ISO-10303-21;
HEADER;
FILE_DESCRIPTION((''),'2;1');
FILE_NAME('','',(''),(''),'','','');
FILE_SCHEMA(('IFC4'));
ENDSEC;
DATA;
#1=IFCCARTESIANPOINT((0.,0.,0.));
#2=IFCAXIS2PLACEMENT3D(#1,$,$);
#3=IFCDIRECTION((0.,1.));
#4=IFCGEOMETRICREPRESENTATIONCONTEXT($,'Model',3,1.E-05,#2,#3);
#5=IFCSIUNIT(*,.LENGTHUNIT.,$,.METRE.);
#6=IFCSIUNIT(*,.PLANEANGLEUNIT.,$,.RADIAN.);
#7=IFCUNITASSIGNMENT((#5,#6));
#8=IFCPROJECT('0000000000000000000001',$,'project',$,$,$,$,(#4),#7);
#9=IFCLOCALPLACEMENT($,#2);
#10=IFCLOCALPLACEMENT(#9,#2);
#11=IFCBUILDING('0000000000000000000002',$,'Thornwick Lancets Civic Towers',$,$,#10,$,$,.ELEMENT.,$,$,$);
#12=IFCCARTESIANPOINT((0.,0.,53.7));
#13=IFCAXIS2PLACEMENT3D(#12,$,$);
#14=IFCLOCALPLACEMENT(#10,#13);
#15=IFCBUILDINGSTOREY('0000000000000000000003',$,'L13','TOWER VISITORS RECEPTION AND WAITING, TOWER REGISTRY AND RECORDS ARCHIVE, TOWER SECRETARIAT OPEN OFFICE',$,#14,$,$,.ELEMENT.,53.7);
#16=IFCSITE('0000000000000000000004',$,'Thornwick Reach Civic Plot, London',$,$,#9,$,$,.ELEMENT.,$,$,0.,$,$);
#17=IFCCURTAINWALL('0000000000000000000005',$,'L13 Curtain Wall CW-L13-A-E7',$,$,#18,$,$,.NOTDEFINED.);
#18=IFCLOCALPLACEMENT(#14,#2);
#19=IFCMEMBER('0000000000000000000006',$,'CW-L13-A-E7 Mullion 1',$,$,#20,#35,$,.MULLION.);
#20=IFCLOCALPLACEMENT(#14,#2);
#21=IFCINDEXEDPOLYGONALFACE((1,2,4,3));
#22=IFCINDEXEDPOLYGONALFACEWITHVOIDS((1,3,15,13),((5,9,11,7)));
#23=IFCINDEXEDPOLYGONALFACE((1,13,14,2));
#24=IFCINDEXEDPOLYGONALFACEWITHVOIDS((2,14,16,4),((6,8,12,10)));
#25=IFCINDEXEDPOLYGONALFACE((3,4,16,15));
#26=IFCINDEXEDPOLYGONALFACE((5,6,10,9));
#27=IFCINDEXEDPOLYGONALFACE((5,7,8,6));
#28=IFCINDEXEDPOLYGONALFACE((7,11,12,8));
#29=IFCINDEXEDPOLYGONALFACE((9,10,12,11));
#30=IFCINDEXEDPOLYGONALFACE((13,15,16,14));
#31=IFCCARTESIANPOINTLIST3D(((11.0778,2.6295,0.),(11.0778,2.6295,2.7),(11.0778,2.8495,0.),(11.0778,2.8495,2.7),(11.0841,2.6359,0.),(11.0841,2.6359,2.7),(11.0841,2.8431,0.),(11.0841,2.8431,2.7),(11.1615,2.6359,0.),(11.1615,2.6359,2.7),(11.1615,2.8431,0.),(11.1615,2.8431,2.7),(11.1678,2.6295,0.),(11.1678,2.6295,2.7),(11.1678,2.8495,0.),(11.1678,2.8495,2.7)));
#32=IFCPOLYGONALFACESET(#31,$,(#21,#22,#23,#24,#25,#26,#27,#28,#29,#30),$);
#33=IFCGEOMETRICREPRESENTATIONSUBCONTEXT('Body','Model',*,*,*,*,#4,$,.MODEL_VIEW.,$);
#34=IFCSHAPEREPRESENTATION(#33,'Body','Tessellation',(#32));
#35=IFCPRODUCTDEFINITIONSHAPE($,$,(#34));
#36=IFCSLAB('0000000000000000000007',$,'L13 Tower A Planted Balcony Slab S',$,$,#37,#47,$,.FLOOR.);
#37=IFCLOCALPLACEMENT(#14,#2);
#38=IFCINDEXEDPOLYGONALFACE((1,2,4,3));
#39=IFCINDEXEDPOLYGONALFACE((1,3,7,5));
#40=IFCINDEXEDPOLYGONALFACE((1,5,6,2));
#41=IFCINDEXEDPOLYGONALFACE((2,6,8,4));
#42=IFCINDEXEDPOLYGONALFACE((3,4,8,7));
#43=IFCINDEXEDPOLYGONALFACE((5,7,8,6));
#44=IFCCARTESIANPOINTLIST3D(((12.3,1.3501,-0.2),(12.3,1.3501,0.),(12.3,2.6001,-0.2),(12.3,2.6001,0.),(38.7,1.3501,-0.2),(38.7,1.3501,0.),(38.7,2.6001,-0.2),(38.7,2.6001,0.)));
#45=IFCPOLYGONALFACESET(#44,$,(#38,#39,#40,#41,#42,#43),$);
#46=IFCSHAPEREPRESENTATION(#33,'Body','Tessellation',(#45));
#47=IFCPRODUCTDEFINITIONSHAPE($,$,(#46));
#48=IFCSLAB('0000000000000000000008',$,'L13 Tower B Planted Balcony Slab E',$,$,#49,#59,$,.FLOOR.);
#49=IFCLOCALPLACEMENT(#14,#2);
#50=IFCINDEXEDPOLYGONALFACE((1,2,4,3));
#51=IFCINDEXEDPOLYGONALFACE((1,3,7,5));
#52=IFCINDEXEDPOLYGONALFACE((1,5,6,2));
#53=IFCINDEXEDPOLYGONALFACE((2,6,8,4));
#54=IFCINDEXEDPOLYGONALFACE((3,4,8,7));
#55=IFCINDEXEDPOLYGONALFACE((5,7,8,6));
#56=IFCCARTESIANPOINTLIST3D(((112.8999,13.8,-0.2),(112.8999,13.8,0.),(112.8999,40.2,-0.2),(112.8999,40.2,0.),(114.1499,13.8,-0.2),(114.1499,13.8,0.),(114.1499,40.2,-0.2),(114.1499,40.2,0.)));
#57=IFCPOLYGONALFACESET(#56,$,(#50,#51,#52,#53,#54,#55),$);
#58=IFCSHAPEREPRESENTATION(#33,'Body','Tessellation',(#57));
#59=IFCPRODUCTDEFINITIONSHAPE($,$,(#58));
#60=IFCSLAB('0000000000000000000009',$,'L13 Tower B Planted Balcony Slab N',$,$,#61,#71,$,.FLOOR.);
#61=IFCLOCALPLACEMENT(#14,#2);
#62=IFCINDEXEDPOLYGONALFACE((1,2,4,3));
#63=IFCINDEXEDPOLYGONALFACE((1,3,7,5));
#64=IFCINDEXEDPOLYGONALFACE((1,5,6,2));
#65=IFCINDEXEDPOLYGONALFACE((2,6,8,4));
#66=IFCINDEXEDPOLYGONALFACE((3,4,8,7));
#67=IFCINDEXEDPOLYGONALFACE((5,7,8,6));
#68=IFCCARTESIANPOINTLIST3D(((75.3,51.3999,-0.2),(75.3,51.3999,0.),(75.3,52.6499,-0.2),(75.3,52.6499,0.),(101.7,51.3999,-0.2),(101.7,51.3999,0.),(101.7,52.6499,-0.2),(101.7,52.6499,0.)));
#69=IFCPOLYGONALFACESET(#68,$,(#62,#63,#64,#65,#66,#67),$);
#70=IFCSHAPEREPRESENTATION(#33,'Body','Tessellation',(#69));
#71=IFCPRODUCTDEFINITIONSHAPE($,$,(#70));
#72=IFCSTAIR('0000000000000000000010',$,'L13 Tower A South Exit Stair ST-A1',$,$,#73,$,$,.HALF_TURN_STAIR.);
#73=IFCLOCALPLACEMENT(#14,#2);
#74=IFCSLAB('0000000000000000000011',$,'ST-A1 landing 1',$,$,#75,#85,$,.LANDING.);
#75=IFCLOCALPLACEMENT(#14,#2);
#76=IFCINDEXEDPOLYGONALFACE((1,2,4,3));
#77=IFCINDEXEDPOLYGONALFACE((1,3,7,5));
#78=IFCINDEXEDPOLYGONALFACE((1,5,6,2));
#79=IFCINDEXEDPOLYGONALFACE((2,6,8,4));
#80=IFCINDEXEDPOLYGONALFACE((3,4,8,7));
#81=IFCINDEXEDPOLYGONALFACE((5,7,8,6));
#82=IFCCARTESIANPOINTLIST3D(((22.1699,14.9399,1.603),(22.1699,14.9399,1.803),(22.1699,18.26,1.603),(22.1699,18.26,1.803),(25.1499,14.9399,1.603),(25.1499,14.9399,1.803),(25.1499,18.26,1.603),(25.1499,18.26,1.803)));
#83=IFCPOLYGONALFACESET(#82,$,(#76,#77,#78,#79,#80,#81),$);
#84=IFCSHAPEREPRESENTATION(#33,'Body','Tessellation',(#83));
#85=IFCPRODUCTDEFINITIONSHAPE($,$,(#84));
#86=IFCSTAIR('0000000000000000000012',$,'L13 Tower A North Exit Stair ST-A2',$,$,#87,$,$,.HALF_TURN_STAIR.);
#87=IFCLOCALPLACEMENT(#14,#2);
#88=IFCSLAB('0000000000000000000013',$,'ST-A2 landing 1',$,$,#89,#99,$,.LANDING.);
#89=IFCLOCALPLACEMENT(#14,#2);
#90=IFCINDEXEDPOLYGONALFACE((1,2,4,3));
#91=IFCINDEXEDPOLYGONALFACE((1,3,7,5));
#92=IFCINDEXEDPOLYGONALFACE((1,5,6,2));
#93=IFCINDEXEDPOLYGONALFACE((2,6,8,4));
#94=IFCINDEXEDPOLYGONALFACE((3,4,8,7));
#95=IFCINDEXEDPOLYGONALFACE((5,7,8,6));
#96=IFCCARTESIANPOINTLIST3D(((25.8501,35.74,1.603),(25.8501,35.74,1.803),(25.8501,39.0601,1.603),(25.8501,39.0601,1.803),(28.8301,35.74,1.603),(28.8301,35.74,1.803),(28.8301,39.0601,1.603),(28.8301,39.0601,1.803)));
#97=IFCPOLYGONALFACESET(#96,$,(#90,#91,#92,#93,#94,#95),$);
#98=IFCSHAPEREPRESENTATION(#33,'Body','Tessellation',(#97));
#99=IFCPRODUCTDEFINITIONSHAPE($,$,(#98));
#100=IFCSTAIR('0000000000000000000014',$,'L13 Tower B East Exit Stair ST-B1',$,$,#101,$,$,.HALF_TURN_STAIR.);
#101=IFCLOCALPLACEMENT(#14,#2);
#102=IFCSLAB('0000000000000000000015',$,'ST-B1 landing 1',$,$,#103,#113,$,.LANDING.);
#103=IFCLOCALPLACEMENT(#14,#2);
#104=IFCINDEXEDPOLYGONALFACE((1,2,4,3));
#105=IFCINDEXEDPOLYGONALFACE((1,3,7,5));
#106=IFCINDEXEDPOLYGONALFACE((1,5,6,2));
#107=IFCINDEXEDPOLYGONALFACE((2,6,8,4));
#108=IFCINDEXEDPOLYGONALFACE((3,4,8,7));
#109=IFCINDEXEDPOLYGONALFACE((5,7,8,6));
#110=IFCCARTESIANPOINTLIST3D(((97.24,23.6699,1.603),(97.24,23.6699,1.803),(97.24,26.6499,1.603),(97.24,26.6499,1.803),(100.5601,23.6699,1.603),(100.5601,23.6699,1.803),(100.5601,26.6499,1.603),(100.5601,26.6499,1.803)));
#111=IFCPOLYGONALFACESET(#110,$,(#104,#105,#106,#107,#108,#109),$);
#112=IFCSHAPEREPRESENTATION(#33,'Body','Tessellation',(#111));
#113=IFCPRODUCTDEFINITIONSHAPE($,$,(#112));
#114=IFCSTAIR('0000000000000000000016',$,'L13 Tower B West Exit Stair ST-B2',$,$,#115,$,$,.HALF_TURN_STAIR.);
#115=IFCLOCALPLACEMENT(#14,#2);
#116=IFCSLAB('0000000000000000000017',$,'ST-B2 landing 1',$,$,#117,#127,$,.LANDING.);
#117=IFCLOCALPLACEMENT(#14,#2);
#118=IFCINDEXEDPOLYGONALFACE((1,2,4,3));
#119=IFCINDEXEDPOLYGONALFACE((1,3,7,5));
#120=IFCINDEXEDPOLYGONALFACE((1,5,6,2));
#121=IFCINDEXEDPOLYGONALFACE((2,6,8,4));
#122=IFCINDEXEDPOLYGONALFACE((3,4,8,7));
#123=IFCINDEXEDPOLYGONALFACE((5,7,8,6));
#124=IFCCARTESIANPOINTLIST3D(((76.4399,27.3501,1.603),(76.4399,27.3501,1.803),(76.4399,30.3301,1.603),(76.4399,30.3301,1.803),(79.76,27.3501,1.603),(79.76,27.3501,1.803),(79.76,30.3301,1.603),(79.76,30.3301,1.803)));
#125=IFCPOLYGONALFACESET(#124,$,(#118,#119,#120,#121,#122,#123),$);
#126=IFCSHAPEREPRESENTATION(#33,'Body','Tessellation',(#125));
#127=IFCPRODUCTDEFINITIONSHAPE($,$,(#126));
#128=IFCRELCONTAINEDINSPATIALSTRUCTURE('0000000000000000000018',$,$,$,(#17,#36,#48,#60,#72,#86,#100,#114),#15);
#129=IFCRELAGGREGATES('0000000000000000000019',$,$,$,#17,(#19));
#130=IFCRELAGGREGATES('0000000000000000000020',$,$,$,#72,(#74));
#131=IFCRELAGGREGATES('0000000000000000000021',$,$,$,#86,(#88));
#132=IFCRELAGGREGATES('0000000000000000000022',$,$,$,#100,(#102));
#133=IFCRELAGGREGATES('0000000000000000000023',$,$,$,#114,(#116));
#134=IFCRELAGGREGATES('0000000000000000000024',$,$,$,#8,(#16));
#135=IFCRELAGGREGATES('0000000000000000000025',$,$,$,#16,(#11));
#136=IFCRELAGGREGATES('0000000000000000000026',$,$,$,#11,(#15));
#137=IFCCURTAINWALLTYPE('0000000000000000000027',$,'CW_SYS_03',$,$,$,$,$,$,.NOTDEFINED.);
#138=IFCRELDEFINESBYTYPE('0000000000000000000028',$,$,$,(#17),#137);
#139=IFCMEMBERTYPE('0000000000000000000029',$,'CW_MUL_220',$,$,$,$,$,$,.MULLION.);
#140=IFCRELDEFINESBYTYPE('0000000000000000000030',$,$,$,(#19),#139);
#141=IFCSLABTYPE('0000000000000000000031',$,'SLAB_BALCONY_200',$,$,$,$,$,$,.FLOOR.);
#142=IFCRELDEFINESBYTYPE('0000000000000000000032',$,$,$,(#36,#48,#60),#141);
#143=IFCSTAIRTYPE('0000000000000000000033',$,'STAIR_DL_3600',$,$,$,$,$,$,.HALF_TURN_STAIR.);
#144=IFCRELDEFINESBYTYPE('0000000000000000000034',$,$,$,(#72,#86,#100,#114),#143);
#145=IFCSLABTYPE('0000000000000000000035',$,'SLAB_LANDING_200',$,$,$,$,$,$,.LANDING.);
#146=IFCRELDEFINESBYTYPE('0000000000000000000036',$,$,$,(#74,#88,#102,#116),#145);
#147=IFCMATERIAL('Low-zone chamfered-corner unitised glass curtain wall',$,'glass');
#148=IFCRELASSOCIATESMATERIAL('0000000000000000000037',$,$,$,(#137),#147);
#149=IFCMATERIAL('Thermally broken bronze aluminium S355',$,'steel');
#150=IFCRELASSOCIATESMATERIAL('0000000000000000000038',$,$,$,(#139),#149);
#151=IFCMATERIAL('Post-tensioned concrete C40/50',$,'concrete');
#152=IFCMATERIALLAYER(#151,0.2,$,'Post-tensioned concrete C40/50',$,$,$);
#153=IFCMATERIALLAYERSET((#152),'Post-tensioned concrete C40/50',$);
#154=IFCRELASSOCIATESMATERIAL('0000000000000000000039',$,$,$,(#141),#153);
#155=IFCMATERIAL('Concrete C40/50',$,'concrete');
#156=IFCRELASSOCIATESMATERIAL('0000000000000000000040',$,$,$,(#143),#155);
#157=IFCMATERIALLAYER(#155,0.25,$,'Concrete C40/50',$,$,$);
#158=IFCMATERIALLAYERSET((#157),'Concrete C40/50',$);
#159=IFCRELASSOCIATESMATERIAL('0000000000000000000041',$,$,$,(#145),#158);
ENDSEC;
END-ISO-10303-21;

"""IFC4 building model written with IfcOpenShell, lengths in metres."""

from ifc_helpers import new_model, si_unit, direction, frame, origin, origin_2d, place, context, subcontext, project, spatial, polyline, hollow_rectangle, outline, extrude, material, layer, layer_set, material_profile, profile_set, type_object, element, aggregate, save


model = new_model("IFC4")

# Units and contexts
model_context = context("Model", 3, precision=1e-05, world=origin(), true_north=direction((0.0, 1.0)))
body_context = subcontext(model_context, "Body", "Model", "MODEL_VIEW")
ifc_project = project(units=[si_unit("LENGTHUNIT", "METRE"), si_unit("PLANEANGLEUNIT", "RADIAN")], contexts=[model_context])

# Site, building, storey
site_placement = place(None, origin())
site = spatial("IfcSite", under=ifc_project, at=site_placement, Name="Thornwick Reach Civic Plot, London", CompositionType="ELEMENT", RefElevation=0.0)
building_placement = place(site_placement, origin())
building = spatial("IfcBuilding", under=site, at=building_placement, Name="Thornwick Lancets Civic Towers", CompositionType="ELEMENT")
storey_placement = place(building_placement, frame((0.0, 0.0, 53.7)))
storey = spatial("IfcBuildingStorey", under=building, at=storey_placement, Name="L13", Description="TOWER VISITORS RECEPTION AND WAITING, TOWER REGISTRY AND RECORDS ARCHIVE, TOWER SECRETARIAT OPEN OFFICE", CompositionType="ELEMENT", Elevation=53.7)

# Curtain wall, member
ifc_material_1 = material(Name="Low-zone chamfered-corner unitised glass curtain wall", Category="glass")
curtain_wall_type = type_object("IfcCurtainWallType", Name="CW_SYS_03", PredefinedType="NOTDEFINED", material=ifc_material_1)
curtain_wall_placement = place(storey_placement, origin())
curtain_wall = element("IfcCurtainWall", 1, at=curtain_wall_placement, inside=storey, type_object=curtain_wall_type, Name="L13 Curtain Wall CW-L13-A-E7", PredefinedType="NOTDEFINED")
ifc_material_2 = material(Name="Thermally broken bronze aluminium S355", Category="steel")
ifc_material_profile = material_profile(ifc_material_2, hollow_rectangle(XDim=0.0901, YDim=0.22, WallThickness=0.0063, at=origin_2d()), Name="RHS 220x90x6.3")
ifc_profile_set = profile_set([ifc_material_profile], Name="Thermally broken bronze aluminium S355")
member_type = type_object("IfcMemberType", Name="CW_MUL_220", PredefinedType="MULLION", material=ifc_profile_set)
member_placement = place(storey_placement, frame((11.1228, 2.7395, 0.0), z_axis=(0.0, 0.0, 1.0), x_axis=(1.0, 0.0, 0.0)))
member = element("IfcMember", 2, at=member_placement, type_object=member_type, Name="CW-L13-A-E7 Mullion 1", PredefinedType="MULLION", context=body_context, shape_type="SweptSolid", body=[
    extrude(hollow_rectangle(XDim=0.0901, YDim=0.22, WallThickness=0.0063, at=origin_2d()), origin(), (0.0, 0.0, 1.0), 2.7),
])
aggregate(curtain_wall, [member])

# Slabs
ifc_material_3 = material(Name="Post-tensioned concrete C40/50", Category="concrete")
ifc_layer_1 = layer(ifc_material_3, 0.2, Name="Post-tensioned concrete C40/50")
ifc_layer_set_1 = layer_set([ifc_layer_1], Name="Post-tensioned concrete C40/50")
slab_type_1 = type_object("IfcSlabType", Name="SLAB_BALCONY_200", PredefinedType="FLOOR", material=ifc_layer_set_1)
slab_1_placement = place(storey_placement, frame((0.0, 0.0, -0.2)))
element("IfcSlab", 3, at=slab_1_placement, inside=storey, type_object=slab_type_1, Name="L13 Tower A Planted Balcony Slab S", PredefinedType="FLOOR", context=body_context, shape_type="SweptSolid", body=[
    extrude(outline(polyline([(12.3, 1.3501), (38.7, 1.3501), (38.7, 2.6001), (12.3, 2.6001), (12.3, 1.3501)])), origin(), (0.0, 0.0, 1.0), 0.2),
])
slab_2_placement = place(storey_placement, frame((0.0, 0.0, -0.2)))
element("IfcSlab", 4, at=slab_2_placement, inside=storey, type_object=slab_type_1, Name="L13 Tower B Planted Balcony Slab E", PredefinedType="FLOOR", context=body_context, shape_type="SweptSolid", body=[
    extrude(outline(polyline([(112.8999, 13.8), (114.1499, 13.8), (114.1499, 40.2), (112.8999, 40.2), (112.8999, 13.8)])), origin(), (0.0, 0.0, 1.0), 0.2),
])
slab_3_placement = place(storey_placement, frame((0.0, 0.0, -0.2)))
element("IfcSlab", 5, at=slab_3_placement, inside=storey, type_object=slab_type_1, Name="L13 Tower B Planted Balcony Slab N", PredefinedType="FLOOR", context=body_context, shape_type="SweptSolid", body=[
    extrude(outline(polyline([(75.3, 51.3999), (101.7, 51.3999), (101.7, 52.6499), (75.3, 52.6499), (75.3, 51.3999)])), origin(), (0.0, 0.0, 1.0), 0.2),
])

# Stairs, slabs
ifc_material_4 = material(Name="Concrete C40/50", Category="concrete")
stair_type = type_object("IfcStairType", Name="STAIR_DL_3600", PredefinedType="HALF_TURN_STAIR", material=ifc_material_4)
stair_1_placement = place(storey_placement, origin())
stair_1 = element("IfcStair", 6, at=stair_1_placement, inside=storey, type_object=stair_type, Name="L13 Tower A South Exit Stair ST-A1", PredefinedType="HALF_TURN_STAIR")
ifc_layer_2 = layer(ifc_material_4, 0.25, Name="Concrete C40/50")
ifc_layer_set_2 = layer_set([ifc_layer_2], Name="Concrete C40/50")
slab_type_2 = type_object("IfcSlabType", Name="SLAB_LANDING_200", PredefinedType="LANDING", material=ifc_layer_set_2)
slab_4_placement = place(storey_placement, frame((0.0, 0.0, 1.603)))
slab_4 = element("IfcSlab", 7, at=slab_4_placement, type_object=slab_type_2, Name="ST-A1 landing 1", PredefinedType="LANDING", context=body_context, shape_type="SweptSolid", body=[
    extrude(outline(polyline([(22.1699, 14.9399), (25.1499, 14.9399), (25.1499, 18.26), (22.1699, 18.26), (22.1699, 14.9399)])), origin(), (0.0, 0.0, 1.0), 0.2),
])
aggregate(stair_1, [slab_4])
stair_2_placement = place(storey_placement, origin())
stair_2 = element("IfcStair", 8, at=stair_2_placement, inside=storey, type_object=stair_type, Name="L13 Tower A North Exit Stair ST-A2", PredefinedType="HALF_TURN_STAIR")
slab_5_placement = place(storey_placement, frame((0.0, 0.0, 1.603)))
slab_5 = element("IfcSlab", 9, at=slab_5_placement, type_object=slab_type_2, Name="ST-A2 landing 1", PredefinedType="LANDING", context=body_context, shape_type="SweptSolid", body=[
    extrude(outline(polyline([(28.8301, 39.0601), (25.8501, 39.0601), (25.8501, 35.74), (28.8301, 35.74), (28.8301, 39.0601)])), origin(), (0.0, 0.0, 1.0), 0.2),
])
aggregate(stair_2, [slab_5])
stair_3_placement = place(storey_placement, origin())
stair_3 = element("IfcStair", 10, at=stair_3_placement, inside=storey, type_object=stair_type, Name="L13 Tower B East Exit Stair ST-B1", PredefinedType="HALF_TURN_STAIR")
slab_6_placement = place(storey_placement, frame((0.0, 0.0, 1.603)))
slab_6 = element("IfcSlab", 11, at=slab_6_placement, type_object=slab_type_2, Name="ST-B1 landing 1", PredefinedType="LANDING", context=body_context, shape_type="SweptSolid", body=[
    extrude(outline(polyline([(100.5601, 23.6699), (100.5601, 26.6499), (97.24, 26.6499), (97.24, 23.6699), (100.5601, 23.6699)])), origin(), (0.0, 0.0, 1.0), 0.2),
])
aggregate(stair_3, [slab_6])
stair_4_placement = place(storey_placement, origin())
stair_4 = element("IfcStair", 12, at=stair_4_placement, inside=storey, type_object=stair_type, Name="L13 Tower B West Exit Stair ST-B2", PredefinedType="HALF_TURN_STAIR")
slab_7_placement = place(storey_placement, frame((0.0, 0.0, 1.603)))
slab_7 = element("IfcSlab", 13, at=slab_7_placement, type_object=slab_type_2, Name="ST-B2 landing 1", PredefinedType="LANDING", context=body_context, shape_type="SweptSolid", body=[
    extrude(outline(polyline([(76.4399, 30.3301), (76.4399, 27.3501), (79.76, 27.3501), (79.76, 30.3301), (76.4399, 30.3301)])), origin(), (0.0, 0.0, 1.0), 0.2),
])
aggregate(stair_4, [slab_7])

save(model, "model.ifc")
